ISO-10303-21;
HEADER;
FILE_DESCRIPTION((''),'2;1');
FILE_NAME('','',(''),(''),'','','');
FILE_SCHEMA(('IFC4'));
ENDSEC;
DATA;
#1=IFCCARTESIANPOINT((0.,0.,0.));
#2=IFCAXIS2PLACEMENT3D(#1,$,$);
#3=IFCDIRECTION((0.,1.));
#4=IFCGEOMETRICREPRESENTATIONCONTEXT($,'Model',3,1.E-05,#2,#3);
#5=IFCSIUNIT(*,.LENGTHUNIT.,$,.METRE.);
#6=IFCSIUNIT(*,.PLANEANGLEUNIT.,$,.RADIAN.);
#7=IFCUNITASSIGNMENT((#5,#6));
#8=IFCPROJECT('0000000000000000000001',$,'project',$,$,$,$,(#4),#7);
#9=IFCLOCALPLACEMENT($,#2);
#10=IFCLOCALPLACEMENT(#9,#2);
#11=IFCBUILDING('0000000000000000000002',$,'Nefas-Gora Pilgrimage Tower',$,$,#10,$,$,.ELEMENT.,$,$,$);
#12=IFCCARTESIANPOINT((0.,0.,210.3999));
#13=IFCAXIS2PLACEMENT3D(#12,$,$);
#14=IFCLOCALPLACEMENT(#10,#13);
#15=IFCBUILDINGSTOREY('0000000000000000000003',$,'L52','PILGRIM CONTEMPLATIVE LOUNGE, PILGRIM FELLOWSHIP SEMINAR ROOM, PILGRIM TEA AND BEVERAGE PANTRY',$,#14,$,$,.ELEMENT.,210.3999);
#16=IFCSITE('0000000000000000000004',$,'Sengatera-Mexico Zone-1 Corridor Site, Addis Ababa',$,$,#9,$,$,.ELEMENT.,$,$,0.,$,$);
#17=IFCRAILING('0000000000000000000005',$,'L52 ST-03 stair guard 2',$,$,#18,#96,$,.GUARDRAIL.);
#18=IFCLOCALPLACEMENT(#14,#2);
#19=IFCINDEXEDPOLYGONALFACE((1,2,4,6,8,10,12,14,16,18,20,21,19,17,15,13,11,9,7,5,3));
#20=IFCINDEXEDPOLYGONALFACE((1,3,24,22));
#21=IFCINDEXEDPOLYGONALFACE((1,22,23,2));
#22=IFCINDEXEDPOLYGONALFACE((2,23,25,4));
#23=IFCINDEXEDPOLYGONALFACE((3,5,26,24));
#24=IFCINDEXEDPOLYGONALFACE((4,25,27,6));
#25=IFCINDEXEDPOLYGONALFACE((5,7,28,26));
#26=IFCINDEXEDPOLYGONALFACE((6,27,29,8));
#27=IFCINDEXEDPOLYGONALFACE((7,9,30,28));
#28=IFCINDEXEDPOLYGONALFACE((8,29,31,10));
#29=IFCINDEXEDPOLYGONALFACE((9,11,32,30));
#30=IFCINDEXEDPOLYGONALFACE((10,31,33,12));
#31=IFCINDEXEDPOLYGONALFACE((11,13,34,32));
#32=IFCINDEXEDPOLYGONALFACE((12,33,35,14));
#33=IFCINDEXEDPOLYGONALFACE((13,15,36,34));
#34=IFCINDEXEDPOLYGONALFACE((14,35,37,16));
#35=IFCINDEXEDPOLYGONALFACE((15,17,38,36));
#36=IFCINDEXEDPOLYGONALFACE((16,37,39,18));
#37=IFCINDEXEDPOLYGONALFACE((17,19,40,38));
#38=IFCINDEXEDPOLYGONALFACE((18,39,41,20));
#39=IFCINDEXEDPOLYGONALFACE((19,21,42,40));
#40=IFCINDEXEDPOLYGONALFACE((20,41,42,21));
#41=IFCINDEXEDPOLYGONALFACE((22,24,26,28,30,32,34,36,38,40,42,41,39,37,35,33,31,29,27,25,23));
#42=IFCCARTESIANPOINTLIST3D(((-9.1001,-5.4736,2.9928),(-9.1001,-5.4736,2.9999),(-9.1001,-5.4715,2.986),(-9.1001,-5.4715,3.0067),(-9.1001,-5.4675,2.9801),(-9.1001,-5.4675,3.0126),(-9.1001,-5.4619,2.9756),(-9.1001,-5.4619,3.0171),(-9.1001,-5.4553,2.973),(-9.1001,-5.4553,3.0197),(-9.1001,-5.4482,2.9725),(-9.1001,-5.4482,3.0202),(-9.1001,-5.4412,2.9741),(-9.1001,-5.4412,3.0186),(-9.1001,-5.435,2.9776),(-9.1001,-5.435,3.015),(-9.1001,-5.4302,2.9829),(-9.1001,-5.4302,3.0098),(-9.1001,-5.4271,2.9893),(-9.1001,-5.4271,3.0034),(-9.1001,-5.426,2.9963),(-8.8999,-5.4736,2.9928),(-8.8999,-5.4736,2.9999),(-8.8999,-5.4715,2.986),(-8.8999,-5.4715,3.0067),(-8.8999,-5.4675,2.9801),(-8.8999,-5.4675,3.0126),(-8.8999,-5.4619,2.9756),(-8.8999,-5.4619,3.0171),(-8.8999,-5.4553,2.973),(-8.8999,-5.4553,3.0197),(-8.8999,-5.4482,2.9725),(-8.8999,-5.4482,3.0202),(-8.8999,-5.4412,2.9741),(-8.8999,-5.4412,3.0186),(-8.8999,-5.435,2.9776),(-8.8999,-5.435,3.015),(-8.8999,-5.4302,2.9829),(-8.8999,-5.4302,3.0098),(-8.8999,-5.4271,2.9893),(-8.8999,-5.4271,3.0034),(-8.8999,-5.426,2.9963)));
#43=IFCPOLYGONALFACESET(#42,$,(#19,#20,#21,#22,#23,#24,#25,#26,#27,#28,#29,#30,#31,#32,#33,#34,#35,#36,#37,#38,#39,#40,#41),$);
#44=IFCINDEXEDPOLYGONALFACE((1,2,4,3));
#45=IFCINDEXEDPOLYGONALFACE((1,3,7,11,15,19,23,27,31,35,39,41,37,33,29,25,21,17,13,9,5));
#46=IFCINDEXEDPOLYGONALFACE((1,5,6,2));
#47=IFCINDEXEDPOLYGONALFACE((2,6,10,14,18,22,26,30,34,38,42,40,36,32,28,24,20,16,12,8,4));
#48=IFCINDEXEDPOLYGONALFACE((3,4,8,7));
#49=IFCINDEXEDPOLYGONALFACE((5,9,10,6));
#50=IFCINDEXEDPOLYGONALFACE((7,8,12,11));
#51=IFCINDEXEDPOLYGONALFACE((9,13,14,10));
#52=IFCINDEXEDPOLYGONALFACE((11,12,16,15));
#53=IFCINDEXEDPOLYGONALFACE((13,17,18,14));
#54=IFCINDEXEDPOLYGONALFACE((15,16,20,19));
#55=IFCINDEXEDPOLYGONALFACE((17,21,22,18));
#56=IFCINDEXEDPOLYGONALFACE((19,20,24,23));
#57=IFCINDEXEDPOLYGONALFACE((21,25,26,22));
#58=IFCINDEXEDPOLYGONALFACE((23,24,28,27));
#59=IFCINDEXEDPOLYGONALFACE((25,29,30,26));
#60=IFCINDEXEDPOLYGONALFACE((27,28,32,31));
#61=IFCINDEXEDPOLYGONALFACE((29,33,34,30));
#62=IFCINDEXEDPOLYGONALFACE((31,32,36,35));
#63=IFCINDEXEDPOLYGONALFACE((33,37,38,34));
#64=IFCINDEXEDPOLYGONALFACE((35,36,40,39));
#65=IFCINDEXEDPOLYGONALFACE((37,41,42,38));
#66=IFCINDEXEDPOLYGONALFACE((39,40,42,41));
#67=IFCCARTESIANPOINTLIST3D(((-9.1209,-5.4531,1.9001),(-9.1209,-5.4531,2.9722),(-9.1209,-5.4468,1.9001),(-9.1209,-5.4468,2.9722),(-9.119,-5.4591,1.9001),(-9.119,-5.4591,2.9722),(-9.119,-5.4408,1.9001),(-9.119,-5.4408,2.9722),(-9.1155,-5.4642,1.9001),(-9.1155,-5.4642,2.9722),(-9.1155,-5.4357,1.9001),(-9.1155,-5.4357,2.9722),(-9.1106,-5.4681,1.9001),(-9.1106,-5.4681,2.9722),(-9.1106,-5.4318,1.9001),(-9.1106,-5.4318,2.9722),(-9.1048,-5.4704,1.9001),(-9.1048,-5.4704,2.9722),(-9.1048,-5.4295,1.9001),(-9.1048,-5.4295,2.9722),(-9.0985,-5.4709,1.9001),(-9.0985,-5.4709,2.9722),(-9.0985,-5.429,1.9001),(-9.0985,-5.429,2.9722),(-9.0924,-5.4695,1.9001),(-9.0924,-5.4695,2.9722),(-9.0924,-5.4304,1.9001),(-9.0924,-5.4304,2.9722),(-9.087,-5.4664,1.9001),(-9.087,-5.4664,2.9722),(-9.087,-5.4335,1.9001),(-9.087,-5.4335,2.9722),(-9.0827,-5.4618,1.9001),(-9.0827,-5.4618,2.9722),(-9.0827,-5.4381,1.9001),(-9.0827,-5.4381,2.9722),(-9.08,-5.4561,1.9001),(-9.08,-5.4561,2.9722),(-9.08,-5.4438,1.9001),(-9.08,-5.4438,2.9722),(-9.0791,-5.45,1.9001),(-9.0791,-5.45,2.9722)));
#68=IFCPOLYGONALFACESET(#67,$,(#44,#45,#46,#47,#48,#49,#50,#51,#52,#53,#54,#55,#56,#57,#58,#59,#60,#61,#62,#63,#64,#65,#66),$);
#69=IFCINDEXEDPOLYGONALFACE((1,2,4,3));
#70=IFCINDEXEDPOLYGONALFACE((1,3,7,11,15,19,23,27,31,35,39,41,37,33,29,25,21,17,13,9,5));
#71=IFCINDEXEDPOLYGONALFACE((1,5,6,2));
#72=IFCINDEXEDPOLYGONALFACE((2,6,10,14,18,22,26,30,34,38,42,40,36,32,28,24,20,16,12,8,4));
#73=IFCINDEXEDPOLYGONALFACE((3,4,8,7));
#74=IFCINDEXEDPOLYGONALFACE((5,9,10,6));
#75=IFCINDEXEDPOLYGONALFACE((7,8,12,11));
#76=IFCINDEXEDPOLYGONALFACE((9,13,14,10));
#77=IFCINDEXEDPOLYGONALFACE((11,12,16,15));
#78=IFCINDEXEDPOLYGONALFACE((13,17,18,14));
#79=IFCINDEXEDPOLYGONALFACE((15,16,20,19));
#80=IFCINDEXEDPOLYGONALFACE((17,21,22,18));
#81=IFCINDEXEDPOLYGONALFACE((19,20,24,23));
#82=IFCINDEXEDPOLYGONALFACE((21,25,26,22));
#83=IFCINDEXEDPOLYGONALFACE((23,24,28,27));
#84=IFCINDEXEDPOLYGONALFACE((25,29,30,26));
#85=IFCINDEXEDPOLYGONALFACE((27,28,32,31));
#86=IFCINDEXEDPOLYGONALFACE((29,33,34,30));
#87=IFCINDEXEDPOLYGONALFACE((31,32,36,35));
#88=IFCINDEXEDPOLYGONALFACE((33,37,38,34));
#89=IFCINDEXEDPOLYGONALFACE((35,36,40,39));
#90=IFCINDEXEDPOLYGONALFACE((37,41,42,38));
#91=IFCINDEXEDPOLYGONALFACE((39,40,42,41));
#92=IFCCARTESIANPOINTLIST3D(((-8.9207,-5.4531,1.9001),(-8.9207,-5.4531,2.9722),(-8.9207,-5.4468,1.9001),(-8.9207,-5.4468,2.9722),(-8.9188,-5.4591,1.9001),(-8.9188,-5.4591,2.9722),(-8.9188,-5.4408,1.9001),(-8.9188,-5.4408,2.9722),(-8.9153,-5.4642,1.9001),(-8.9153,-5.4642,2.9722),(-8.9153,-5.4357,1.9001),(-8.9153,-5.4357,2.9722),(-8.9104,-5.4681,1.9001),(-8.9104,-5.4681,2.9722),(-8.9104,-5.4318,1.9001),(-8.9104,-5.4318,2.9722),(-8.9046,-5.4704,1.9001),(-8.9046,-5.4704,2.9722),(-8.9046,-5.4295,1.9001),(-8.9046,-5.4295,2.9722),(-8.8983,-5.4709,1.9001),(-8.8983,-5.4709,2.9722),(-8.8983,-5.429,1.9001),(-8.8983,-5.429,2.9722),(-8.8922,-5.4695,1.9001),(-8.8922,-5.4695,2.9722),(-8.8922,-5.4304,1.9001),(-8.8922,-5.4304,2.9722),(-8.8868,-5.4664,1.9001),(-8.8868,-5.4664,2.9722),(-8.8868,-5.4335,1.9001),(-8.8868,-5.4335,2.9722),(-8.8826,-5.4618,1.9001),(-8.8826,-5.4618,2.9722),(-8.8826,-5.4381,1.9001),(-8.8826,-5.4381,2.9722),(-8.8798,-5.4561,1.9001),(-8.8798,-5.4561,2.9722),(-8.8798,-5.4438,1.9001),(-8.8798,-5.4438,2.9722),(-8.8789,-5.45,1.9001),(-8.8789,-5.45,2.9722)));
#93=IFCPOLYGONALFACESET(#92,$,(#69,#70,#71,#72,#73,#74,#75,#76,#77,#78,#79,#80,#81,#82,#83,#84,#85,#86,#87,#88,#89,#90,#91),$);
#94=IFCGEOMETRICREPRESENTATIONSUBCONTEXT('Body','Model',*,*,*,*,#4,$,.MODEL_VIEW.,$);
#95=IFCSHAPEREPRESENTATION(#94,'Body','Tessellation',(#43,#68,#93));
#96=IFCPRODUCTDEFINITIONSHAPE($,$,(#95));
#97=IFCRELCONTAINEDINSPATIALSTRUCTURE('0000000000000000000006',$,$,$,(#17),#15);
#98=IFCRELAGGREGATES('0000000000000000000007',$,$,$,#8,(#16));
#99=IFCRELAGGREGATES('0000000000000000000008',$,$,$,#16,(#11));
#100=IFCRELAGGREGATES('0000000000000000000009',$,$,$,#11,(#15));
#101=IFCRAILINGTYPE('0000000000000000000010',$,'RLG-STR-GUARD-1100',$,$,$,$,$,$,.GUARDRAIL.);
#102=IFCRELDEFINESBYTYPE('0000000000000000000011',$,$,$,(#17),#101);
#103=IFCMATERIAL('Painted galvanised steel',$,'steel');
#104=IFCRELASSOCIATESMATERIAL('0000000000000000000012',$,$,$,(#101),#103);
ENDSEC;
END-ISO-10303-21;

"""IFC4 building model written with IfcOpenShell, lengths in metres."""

from ifc_helpers import new_model, si_unit, direction, frame, origin, origin_2d, place, context, subcontext, project, spatial, circle, extrude, material, type_object, element, save


model = new_model("IFC4")

# Units and contexts
model_context = context("Model", 3, precision=1e-05, world=origin(), true_north=direction((0.0, 1.0)))
body_context = subcontext(model_context, "Body", "Model", "MODEL_VIEW")
ifc_project = project(units=[si_unit("LENGTHUNIT", "METRE"), si_unit("PLANEANGLEUNIT", "RADIAN")], contexts=[model_context])

# Site, building, storey
site_placement = place(None, origin())
site = spatial("IfcSite", under=ifc_project, at=site_placement, Name="Sengatera-Mexico Zone-1 Corridor Site, Addis Ababa", CompositionType="ELEMENT", RefElevation=0.0)
building_placement = place(site_placement, origin())
building = spatial("IfcBuilding", under=site, at=building_placement, Name="Nefas-Gora Pilgrimage Tower", CompositionType="ELEMENT")
storey_placement = place(building_placement, frame((0.0, 0.0, 210.3999)))
storey = spatial("IfcBuildingStorey", under=building, at=storey_placement, Name="L52", Description="PILGRIM CONTEMPLATIVE LOUNGE, PILGRIM FELLOWSHIP SEMINAR ROOM, PILGRIM TEA AND BEVERAGE PANTRY", CompositionType="ELEMENT", Elevation=210.3999)

# Railing
ifc_material_1 = material(Name="Painted galvanised steel", Category="steel")
railing_type_1 = type_object("IfcRailingType", Name="RLG-STR-GUARD-1100", PredefinedType="GUARDRAIL", material=ifc_material_1)
railing_1_placement = place(storey_placement, frame((-9.1001, -5.45, 1.9001)))
element("IfcRailing", 1, at=railing_1_placement, inside=storey, type_object=railing_type_1, Name="L52 ST-03 stair guard 2", PredefinedType="GUARDRAIL", context=body_context, shape_type="SweptSolid", body=[
    extrude(circle(Radius=0.0239, at=origin_2d()), frame((0.0, 0.0, 1.0962), z_axis=(1.0, 0.0, 0.0), x_axis=(0.0, 1.0, 0.0)), (0.0, 0.0, 1.0), 0.2002),
    extrude(circle(Radius=0.021, at=origin_2d()), origin(), (0.0, 0.0, 1.0), 1.072),
    extrude(circle(Radius=0.021, at=origin_2d()), frame((0.2002, 0.0, 0.0)), (0.0, 0.0, 1.0), 1.072),
])

save(model, "model.ifc")
